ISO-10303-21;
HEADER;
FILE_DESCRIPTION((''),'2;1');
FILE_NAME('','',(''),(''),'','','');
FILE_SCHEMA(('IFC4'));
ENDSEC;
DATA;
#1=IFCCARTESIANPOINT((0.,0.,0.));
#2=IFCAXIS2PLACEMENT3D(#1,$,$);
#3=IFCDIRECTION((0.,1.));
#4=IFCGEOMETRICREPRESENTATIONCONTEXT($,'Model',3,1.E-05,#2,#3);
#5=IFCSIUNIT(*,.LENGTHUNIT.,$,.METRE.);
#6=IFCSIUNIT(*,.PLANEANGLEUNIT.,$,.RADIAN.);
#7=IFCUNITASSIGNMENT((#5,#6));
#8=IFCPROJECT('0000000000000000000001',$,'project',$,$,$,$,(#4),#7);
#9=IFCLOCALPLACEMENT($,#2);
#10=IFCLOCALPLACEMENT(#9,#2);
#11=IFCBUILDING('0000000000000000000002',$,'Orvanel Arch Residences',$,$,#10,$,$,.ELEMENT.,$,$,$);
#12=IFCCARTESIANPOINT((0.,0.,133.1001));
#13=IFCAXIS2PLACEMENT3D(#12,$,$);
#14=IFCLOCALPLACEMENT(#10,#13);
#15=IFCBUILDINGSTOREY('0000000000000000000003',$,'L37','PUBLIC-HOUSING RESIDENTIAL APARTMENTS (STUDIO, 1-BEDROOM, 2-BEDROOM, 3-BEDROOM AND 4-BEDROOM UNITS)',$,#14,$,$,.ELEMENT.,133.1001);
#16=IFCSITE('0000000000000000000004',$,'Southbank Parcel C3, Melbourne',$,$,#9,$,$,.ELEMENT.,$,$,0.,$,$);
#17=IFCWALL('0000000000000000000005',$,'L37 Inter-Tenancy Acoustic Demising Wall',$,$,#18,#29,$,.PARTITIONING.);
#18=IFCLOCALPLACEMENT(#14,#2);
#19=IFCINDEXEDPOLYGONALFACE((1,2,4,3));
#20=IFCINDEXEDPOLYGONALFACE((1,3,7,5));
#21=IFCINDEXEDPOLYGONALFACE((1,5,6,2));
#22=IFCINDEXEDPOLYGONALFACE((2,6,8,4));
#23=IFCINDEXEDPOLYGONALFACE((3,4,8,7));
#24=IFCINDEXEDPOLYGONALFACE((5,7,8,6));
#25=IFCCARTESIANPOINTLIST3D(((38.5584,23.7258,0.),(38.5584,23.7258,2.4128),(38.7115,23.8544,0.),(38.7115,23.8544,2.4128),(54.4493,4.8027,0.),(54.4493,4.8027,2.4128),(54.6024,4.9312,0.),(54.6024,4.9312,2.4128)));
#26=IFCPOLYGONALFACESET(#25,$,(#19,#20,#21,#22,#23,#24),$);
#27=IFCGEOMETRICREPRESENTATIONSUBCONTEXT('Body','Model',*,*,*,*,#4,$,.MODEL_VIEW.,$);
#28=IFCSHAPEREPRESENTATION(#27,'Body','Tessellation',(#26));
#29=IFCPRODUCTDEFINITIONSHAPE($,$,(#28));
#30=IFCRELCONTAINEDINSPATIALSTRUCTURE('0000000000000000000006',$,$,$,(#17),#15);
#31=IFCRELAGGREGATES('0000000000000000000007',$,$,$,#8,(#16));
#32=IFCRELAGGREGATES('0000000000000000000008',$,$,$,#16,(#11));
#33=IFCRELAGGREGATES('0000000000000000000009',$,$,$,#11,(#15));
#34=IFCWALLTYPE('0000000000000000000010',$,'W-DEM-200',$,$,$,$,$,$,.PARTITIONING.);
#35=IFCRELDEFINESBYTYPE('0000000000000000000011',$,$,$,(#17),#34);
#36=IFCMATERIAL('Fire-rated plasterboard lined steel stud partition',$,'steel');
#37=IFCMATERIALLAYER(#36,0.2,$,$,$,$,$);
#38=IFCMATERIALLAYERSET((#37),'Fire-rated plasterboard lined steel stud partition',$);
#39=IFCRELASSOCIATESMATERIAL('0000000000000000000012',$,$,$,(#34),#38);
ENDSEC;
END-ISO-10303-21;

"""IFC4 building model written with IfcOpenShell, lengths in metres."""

from ifc_helpers import new_model, si_unit, direction, frame, frame_2d, origin, place, context, subcontext, project, spatial, rectangle, extrude, material, layer, layer_set, type_object, element, save


model = new_model("IFC4")

# Units and contexts
model_context = context("Model", 3, precision=1e-05, world=origin(), true_north=direction((0.0, 1.0)))
body_context = subcontext(model_context, "Body", "Model", "MODEL_VIEW")
ifc_project = project(units=[si_unit("LENGTHUNIT", "METRE"), si_unit("PLANEANGLEUNIT", "RADIAN")], contexts=[model_context])

# Site, building, storey
site_placement = place(None, origin())
site = spatial("IfcSite", under=ifc_project, at=site_placement, Name="Southbank Parcel C3, Melbourne", CompositionType="ELEMENT", RefElevation=0.0)
building_placement = place(site_placement, origin())
building = spatial("IfcBuilding", under=site, at=building_placement, Name="Orvanel Arch Residences", CompositionType="ELEMENT")
storey_placement = place(building_placement, frame((0.0, 0.0, 133.1001)))
storey = spatial("IfcBuildingStorey", under=building, at=storey_placement, Name="L37", Description="PUBLIC-HOUSING RESIDENTIAL APARTMENTS (STUDIO, 1-BEDROOM, 2-BEDROOM, 3-BEDROOM AND 4-BEDROOM UNITS)", CompositionType="ELEMENT", Elevation=133.1001)

# Wall
ifc_material_1 = material(Name="Fire-rated plasterboard lined steel stud partition", Category="steel")
ifc_layer_1 = layer(ifc_material_1, 0.2)
ifc_layer_set_1 = layer_set([ifc_layer_1], Name="Fire-rated plasterboard lined steel stud partition")
wall_type = type_object("IfcWallType", Name="W-DEM-200", PredefinedType="PARTITIONING", material=ifc_layer_set_1)
wall_placement = place(storey_placement, frame((54.5259, 4.8669, 0.0), z_axis=(0.0, 0.0, 1.0), x_axis=(-0.643085, 0.765795, 0.0)))
element("IfcWall", 1, at=wall_placement, inside=storey, type_object=wall_type, Name="L37 Inter-Tenancy Acoustic Demising Wall", PredefinedType="PARTITIONING", context=body_context, shape_type="SweptSolid", body=[
    extrude(rectangle(XDim=24.7104, YDim=0.2, at=frame_2d((12.3552, 0.0))), origin(), (0.0, 0.0, 1.0), 2.4128),
])

save(model, "model.ifc")
